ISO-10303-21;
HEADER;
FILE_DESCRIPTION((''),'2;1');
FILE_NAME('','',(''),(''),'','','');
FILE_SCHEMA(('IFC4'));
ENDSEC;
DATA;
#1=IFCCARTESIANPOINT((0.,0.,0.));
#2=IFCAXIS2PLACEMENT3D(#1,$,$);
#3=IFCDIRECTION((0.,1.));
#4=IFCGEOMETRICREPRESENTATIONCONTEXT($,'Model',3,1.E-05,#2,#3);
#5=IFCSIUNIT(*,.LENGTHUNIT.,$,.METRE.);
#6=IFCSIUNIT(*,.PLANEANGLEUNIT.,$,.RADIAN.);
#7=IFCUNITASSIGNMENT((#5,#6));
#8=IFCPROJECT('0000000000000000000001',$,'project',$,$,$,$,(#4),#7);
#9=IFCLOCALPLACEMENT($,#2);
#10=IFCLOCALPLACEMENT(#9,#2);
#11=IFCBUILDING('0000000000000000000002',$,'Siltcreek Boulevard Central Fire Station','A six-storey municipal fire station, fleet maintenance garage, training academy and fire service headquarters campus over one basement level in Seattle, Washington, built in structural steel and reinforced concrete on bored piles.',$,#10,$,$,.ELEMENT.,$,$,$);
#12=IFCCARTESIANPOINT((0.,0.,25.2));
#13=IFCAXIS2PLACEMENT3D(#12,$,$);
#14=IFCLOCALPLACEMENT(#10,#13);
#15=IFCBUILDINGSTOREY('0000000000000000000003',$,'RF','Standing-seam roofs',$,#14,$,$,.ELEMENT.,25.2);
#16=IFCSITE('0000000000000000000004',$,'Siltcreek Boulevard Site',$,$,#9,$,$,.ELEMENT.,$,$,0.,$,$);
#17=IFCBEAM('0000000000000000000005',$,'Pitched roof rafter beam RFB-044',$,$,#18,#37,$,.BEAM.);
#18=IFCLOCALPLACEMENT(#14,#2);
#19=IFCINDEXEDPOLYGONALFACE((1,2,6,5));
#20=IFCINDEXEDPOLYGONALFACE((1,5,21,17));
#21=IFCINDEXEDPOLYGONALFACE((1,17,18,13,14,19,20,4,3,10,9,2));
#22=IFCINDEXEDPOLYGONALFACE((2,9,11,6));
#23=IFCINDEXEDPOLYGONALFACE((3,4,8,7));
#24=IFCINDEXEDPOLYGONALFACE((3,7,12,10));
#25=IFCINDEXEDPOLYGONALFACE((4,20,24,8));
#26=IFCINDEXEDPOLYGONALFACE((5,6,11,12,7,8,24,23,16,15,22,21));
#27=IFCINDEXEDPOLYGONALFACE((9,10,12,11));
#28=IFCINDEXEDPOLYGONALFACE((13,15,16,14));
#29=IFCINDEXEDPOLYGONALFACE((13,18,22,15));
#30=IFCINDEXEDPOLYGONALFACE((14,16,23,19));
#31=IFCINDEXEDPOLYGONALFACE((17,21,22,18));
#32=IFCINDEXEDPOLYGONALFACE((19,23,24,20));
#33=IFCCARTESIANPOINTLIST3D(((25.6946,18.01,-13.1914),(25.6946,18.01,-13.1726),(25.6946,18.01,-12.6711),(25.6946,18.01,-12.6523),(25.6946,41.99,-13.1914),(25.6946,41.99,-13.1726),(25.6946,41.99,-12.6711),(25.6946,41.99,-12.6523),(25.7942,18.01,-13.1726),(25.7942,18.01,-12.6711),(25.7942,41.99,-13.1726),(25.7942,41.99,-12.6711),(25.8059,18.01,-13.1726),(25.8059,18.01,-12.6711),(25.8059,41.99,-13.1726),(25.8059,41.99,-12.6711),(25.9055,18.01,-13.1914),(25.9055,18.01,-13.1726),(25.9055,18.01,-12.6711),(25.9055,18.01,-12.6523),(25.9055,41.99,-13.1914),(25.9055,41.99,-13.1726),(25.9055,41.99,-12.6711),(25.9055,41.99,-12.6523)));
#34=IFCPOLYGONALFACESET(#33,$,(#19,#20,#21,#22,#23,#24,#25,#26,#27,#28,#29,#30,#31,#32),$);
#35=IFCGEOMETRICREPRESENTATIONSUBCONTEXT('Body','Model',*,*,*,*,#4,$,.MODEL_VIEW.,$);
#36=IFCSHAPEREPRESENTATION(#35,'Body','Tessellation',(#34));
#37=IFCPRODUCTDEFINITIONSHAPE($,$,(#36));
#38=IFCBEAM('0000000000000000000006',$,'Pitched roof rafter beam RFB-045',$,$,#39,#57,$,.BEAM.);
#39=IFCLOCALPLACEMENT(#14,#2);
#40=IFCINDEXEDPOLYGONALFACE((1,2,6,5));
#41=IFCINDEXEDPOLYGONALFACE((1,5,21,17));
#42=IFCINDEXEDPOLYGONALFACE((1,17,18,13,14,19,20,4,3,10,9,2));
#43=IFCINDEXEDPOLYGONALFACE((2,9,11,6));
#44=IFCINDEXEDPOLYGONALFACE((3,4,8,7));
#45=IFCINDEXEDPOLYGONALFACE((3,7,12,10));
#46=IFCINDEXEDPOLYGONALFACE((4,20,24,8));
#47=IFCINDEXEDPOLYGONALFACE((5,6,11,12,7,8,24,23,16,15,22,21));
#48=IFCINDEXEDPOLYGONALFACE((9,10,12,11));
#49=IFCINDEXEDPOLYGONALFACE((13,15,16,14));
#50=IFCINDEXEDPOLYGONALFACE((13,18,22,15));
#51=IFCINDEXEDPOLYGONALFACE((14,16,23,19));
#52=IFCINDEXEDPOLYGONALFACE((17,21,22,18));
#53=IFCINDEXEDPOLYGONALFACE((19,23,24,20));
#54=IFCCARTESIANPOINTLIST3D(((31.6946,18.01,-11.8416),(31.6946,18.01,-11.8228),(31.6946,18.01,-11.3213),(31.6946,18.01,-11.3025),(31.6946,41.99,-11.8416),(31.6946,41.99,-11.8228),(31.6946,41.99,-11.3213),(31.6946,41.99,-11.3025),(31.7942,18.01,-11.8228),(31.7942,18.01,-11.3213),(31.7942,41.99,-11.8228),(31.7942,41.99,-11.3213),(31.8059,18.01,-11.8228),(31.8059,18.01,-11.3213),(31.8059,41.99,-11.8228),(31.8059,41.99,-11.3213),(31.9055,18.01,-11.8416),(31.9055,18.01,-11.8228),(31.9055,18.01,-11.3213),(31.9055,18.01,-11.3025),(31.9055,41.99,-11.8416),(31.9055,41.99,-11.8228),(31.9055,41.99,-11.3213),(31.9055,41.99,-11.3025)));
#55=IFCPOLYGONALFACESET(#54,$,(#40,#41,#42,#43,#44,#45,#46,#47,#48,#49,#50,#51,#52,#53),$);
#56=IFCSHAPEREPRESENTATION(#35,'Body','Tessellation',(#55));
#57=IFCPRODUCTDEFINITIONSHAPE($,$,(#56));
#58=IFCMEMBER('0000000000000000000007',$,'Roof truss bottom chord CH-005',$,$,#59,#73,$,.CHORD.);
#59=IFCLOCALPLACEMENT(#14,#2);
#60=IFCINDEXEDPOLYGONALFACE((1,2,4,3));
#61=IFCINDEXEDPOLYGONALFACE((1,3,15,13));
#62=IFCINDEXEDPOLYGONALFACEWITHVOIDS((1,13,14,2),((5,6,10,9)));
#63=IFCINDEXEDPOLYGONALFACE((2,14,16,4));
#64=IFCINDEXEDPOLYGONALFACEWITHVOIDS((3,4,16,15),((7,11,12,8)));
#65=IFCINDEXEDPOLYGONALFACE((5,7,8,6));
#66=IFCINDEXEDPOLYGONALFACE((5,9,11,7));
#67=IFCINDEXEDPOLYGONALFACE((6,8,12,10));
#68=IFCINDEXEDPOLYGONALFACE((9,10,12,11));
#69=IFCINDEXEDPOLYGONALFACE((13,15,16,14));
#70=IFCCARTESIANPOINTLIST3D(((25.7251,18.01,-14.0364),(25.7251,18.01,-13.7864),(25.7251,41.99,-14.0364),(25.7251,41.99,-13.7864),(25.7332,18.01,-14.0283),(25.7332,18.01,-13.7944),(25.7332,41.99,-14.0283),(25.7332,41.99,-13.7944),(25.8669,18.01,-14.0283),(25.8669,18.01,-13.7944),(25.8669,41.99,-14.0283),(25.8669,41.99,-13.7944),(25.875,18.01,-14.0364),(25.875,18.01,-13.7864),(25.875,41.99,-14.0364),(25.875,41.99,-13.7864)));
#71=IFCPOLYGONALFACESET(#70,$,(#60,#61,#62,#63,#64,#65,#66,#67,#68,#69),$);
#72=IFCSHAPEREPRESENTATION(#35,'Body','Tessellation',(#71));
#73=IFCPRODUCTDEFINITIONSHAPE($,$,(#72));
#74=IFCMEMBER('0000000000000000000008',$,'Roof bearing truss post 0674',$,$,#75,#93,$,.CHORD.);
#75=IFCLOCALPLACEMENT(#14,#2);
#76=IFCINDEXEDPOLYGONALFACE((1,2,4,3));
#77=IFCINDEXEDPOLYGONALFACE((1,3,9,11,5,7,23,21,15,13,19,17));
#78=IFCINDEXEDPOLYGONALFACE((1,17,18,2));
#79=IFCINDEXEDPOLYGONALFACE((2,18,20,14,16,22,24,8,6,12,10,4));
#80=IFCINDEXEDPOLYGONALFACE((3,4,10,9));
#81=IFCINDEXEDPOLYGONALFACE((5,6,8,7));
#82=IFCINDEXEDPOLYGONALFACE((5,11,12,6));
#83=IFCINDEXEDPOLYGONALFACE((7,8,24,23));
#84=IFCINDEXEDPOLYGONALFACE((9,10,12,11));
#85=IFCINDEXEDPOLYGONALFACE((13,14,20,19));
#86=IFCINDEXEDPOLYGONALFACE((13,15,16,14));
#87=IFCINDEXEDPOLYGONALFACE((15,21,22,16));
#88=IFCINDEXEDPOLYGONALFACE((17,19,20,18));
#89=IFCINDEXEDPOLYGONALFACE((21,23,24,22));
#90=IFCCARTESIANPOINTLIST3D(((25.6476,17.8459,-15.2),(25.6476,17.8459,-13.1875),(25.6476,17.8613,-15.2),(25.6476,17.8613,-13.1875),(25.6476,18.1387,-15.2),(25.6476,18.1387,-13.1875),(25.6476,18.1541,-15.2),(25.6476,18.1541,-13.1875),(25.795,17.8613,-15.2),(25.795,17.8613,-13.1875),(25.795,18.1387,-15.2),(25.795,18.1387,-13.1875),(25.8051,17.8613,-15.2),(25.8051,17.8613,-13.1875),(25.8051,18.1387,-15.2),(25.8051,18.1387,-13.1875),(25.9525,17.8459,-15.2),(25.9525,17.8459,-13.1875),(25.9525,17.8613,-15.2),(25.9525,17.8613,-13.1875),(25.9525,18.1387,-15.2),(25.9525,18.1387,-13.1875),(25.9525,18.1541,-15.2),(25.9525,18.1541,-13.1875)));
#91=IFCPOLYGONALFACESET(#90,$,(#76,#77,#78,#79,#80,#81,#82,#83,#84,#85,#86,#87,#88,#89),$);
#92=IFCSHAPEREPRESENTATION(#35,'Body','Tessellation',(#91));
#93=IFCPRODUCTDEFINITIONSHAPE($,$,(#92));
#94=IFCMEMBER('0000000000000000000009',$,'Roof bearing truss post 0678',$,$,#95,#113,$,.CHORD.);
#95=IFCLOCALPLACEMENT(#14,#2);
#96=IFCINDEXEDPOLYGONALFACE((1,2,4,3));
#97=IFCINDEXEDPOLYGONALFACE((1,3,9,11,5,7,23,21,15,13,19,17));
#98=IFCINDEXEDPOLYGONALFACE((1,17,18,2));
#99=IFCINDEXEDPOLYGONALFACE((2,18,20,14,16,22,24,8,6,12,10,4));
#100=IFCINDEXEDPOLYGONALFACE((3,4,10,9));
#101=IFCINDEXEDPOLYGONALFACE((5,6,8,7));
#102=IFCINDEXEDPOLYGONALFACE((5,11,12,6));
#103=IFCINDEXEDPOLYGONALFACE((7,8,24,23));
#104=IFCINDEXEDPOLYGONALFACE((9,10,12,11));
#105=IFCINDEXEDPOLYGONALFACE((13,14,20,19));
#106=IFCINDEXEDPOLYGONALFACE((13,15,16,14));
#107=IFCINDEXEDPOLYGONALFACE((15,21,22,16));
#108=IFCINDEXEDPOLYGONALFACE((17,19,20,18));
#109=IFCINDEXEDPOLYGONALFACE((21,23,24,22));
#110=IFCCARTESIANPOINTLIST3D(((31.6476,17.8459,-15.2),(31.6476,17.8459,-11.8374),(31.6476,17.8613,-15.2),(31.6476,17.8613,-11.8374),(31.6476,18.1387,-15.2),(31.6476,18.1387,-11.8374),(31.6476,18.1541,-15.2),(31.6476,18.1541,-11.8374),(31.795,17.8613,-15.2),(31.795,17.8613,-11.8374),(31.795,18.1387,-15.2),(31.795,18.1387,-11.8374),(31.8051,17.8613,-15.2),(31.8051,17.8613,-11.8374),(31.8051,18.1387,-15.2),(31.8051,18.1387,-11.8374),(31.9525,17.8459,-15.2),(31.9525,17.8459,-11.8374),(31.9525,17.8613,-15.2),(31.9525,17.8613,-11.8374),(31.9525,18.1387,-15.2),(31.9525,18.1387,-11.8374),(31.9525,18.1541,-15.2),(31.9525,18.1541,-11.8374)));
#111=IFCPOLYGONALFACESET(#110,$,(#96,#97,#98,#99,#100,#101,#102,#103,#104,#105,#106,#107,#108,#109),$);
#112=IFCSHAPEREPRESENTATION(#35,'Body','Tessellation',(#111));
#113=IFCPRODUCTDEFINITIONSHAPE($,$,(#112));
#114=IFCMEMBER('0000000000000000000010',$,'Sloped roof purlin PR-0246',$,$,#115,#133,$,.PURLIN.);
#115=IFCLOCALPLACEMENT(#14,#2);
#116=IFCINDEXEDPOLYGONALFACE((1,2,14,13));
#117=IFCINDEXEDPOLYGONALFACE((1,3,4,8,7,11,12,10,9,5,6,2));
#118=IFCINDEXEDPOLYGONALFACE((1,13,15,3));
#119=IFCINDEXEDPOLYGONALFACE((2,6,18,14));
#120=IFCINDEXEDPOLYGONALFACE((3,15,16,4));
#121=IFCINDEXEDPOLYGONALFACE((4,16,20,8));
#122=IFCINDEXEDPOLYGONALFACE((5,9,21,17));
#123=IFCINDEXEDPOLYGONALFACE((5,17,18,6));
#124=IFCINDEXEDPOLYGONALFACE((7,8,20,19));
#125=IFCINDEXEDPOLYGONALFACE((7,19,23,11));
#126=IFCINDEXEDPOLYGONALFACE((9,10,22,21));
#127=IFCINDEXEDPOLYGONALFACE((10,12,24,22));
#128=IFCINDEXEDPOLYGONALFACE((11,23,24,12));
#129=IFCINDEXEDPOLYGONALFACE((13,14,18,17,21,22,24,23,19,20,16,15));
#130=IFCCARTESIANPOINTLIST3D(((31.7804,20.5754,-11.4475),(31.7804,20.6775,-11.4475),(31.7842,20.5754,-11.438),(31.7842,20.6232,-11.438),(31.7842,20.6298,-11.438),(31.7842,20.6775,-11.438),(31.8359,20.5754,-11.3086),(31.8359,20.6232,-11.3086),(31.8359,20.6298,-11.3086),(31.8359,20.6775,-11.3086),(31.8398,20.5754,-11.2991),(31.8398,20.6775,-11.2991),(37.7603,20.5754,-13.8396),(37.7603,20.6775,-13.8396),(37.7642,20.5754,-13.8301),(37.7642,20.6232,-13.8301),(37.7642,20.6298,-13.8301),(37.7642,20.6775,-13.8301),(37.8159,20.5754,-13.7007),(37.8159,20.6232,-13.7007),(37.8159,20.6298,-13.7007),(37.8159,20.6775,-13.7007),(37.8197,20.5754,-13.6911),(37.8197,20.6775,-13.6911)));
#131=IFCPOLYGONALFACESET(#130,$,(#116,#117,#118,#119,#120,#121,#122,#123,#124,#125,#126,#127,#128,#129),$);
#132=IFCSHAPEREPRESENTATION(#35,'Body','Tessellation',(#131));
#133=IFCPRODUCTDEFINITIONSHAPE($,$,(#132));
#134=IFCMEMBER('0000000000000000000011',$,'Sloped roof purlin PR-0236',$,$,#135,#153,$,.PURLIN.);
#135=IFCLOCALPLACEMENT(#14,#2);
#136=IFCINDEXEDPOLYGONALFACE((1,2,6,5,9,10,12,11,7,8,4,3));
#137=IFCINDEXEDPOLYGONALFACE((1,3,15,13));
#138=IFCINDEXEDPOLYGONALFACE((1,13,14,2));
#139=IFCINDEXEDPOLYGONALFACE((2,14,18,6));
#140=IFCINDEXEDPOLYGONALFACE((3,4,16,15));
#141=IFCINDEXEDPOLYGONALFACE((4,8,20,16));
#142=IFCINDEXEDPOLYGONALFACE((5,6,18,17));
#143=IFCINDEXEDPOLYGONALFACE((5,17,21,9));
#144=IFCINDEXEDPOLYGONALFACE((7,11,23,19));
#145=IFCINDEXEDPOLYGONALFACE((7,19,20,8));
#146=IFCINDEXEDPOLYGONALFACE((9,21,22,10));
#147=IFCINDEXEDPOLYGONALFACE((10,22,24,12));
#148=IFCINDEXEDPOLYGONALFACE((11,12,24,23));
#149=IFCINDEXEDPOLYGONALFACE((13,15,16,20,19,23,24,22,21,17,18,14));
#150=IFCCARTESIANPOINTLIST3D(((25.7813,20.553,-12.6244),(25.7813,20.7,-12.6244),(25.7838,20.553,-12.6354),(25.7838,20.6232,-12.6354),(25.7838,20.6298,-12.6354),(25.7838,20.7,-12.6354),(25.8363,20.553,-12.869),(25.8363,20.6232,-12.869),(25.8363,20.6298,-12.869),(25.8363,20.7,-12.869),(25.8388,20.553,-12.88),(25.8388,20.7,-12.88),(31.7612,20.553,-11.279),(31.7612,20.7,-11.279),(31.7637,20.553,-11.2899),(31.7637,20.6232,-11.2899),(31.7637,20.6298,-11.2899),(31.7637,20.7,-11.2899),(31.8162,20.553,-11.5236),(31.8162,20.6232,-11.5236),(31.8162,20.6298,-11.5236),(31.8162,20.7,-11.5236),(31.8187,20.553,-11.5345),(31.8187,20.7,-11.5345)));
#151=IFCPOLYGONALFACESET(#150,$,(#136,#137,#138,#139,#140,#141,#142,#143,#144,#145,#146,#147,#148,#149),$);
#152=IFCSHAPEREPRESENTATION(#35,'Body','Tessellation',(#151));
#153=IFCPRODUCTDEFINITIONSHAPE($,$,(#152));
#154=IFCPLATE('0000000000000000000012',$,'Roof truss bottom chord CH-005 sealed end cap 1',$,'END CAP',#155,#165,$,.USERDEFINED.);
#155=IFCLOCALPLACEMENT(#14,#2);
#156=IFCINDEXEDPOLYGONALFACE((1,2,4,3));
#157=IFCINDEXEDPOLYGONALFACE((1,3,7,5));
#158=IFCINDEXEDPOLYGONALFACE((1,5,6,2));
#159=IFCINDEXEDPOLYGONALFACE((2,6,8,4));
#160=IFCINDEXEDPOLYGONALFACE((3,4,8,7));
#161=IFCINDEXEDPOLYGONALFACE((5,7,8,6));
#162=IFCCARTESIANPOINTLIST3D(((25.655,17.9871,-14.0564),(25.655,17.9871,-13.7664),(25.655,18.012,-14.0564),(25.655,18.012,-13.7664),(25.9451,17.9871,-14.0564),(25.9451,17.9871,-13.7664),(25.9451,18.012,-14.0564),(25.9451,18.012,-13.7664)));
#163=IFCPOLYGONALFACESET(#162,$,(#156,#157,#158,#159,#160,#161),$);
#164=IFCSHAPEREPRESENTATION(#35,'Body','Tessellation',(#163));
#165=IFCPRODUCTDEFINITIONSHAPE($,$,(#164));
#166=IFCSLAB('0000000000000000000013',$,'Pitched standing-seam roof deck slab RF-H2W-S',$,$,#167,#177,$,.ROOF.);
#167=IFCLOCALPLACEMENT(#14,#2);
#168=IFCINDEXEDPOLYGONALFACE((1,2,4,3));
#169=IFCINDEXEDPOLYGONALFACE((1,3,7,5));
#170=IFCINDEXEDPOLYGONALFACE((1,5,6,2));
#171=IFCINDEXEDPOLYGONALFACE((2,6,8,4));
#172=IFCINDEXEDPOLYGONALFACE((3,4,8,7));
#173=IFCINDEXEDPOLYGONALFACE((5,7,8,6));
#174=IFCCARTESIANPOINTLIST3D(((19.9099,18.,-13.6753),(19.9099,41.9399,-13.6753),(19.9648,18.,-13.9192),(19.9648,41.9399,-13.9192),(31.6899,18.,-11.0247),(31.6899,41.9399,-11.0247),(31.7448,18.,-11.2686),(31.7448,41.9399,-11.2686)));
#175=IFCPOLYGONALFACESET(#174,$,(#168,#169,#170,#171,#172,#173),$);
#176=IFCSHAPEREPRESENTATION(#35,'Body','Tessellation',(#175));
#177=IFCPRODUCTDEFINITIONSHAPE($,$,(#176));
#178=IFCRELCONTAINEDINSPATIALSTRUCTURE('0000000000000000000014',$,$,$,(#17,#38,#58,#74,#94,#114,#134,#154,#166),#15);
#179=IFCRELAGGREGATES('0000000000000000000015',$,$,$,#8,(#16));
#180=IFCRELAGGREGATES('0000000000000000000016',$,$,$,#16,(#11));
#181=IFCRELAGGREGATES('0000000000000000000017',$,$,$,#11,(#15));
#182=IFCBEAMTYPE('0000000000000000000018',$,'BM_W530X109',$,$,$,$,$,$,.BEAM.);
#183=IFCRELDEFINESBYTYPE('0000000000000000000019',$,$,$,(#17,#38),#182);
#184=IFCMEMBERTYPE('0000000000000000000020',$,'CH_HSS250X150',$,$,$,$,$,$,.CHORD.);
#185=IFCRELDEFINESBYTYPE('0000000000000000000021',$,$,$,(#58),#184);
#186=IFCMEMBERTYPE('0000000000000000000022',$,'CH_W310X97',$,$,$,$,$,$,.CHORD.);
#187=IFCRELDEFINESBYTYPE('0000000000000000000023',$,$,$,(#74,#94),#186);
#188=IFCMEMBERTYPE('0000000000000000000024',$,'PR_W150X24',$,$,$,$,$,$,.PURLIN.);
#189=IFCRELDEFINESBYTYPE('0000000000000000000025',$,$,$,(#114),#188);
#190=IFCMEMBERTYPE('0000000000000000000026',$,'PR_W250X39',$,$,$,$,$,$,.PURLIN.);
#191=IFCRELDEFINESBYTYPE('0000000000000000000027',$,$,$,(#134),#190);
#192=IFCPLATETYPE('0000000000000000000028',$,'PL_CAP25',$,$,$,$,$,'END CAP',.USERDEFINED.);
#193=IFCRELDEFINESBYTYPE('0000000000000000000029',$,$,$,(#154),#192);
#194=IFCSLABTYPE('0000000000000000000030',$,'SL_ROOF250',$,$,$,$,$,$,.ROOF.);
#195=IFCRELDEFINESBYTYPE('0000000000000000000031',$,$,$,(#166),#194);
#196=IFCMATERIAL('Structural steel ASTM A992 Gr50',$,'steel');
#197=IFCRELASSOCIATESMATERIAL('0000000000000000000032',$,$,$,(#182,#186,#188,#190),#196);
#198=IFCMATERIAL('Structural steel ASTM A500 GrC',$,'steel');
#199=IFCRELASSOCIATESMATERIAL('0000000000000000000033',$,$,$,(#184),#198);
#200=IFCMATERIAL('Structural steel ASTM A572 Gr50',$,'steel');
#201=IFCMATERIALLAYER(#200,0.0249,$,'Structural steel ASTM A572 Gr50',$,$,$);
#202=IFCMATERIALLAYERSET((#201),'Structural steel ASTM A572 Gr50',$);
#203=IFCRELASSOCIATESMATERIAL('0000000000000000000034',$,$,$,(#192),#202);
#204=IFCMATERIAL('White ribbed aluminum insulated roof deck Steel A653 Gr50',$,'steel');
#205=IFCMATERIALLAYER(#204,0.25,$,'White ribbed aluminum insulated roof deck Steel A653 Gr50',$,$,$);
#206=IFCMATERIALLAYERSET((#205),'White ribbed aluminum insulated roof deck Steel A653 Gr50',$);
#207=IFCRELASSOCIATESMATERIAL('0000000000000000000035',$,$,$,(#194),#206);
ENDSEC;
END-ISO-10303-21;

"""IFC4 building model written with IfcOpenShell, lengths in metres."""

from ifc_helpers import new_model, si_unit, direction, frame, origin, origin_2d, place, context, subcontext, project, spatial, polyline, rectangle, hollow_rectangle, i_section, outline, extrude, material, layer, layer_set, material_profile, profile_set, type_object, element, save


model = new_model("IFC4")

# Units and contexts
model_context = context("Model", 3, precision=1e-05, world=origin(), true_north=direction((0.0, 1.0)))
body_context = subcontext(model_context, "Body", "Model", "MODEL_VIEW")
ifc_project = project(units=[si_unit("LENGTHUNIT", "METRE"), si_unit("PLANEANGLEUNIT", "RADIAN")], contexts=[model_context])

# Site, building, storey
site_placement = place(None, origin())
site = spatial("IfcSite", under=ifc_project, at=site_placement, Name="Siltcreek Boulevard Site", CompositionType="ELEMENT", RefElevation=0.0)
building_placement = place(site_placement, origin())
building = spatial("IfcBuilding", under=site, at=building_placement, Name="Siltcreek Boulevard Central Fire Station", Description="A six-storey municipal fire station, fleet maintenance garage, training academy and fire service headquarters campus over one basement level in Seattle, Washington, built in structural steel and reinforced concrete on bored piles.", CompositionType="ELEMENT")
storey_placement = place(building_placement, frame((0.0, 0.0, 25.2)))
storey = spatial("IfcBuildingStorey", under=building, at=storey_placement, Name="RF", Description="Standing-seam roofs", CompositionType="ELEMENT", Elevation=25.2)

# Beams
ifc_material_1 = material(Name="Structural steel ASTM A992 Gr50", Category="steel")
ifc_material_profile_1 = material_profile(ifc_material_1, i_section(OverallWidth=0.2109, OverallDepth=0.5391, WebThickness=0.0117, FlangeThickness=0.0188, at=origin_2d()), Name="W530X109")
ifc_profile_set_1 = profile_set([ifc_material_profile_1], Name="Structural steel ASTM A992 Gr50")
beam_type = type_object("IfcBeamType", Name="BM_W530X109", PredefinedType="BEAM", material=ifc_profile_set_1)
for number, where, z_axis, x_axis, name in (
    (1, (25.8, 18.01, -12.9219), (0.0, 1.0, 0.0), (-1.0, 0.0, 0.0), "Pitched roof rafter beam RFB-044"),
    (2, (31.8, 18.01, -11.572), (0.0, 1.0, 0.0), (-1.0, 0.0, 0.0), "Pitched roof rafter beam RFB-045"),
):
    element("IfcBeam", number, at=place(storey_placement, frame(where, z_axis=z_axis, x_axis=x_axis)), inside=storey, type_object=beam_type, Name=name, PredefinedType="BEAM", context=body_context, shape_type="SweptSolid", body=[
        extrude(i_section(OverallWidth=0.2109, OverallDepth=0.5391, WebThickness=0.0117, FlangeThickness=0.0188, at=origin_2d()), origin(), (0.0, 0.0, 1.0), 23.98),
    ])

# Members
ifc_material_2 = material(Name="Structural steel ASTM A500 GrC", Category="steel")
ifc_material_profile_2 = material_profile(ifc_material_2, hollow_rectangle(XDim=0.1499, YDim=0.25, WallThickness=0.0081, at=origin_2d()), Name="HSS250X150X8.0")
ifc_profile_set_2 = profile_set([ifc_material_profile_2], Name="Structural steel ASTM A500 GrC")
member_type_1 = type_object("IfcMemberType", Name="CH_HSS250X150", PredefinedType="CHORD", material=ifc_profile_set_2)
member_1_placement = place(storey_placement, frame((25.8, 18.01, -13.9114), z_axis=(0.0, 1.0, 0.0), x_axis=(-1.0, 0.0, 0.0)))
element("IfcMember", 3, at=member_1_placement, inside=storey, type_object=member_type_1, Name="Roof truss bottom chord CH-005", PredefinedType="CHORD", context=body_context, shape_type="SweptSolid", body=[
    extrude(hollow_rectangle(XDim=0.1499, YDim=0.25, WallThickness=0.0081, at=origin_2d()), origin(), (0.0, 0.0, 1.0), 23.98),
])
ifc_material_profile_3 = material_profile(ifc_material_1, i_section(OverallWidth=0.3049, OverallDepth=0.3081, WebThickness=0.01, FlangeThickness=0.0154, at=origin_2d()), Name="W310X97")
ifc_profile_set_3 = profile_set([ifc_material_profile_3], Name="Structural steel ASTM A992 Gr50")
member_type_2 = type_object("IfcMemberType", Name="CH_W310X97", PredefinedType="CHORD", material=ifc_profile_set_3)
member_2_placement = place(storey_placement, frame((25.8, 18.0, -15.2), z_axis=(0.0, 0.0, 1.0), x_axis=(1.0, 0.0, 0.0)))
element("IfcMember", 4, at=member_2_placement, inside=storey, type_object=member_type_2, Name="Roof bearing truss post 0674", PredefinedType="CHORD", context=body_context, shape_type="SweptSolid", body=[
    extrude(i_section(OverallWidth=0.3049, OverallDepth=0.3081, WebThickness=0.01, FlangeThickness=0.0154, at=origin_2d()), origin(), (0.0, 0.0, 1.0), 2.0125),
])
member_3_placement = place(storey_placement, frame((31.8, 18.0, -15.2), z_axis=(0.0, 0.0, 1.0), x_axis=(1.0, 0.0, 0.0)))
element("IfcMember", 5, at=member_3_placement, inside=storey, type_object=member_type_2, Name="Roof bearing truss post 0678", PredefinedType="CHORD", context=body_context, shape_type="SweptSolid", body=[
    extrude(i_section(OverallWidth=0.3049, OverallDepth=0.3081, WebThickness=0.01, FlangeThickness=0.0154, at=origin_2d()), origin(), (0.0, 0.0, 1.0), 3.3625),
])
ifc_material_profile_4 = material_profile(ifc_material_1, i_section(OverallWidth=0.1021, OverallDepth=0.1599, WebThickness=0.0066, FlangeThickness=0.0103, at=origin_2d()), Name="W150X24")
ifc_profile_set_4 = profile_set([ifc_material_profile_4], Name="Structural steel ASTM A992 Gr50")
member_type_3 = type_object("IfcMemberType", Name="PR_W150X24", PredefinedType="PURLIN", material=ifc_profile_set_4)
member_4_placement = place(storey_placement, frame((31.8101, 20.6265, -11.3733), z_axis=(0.928471, 0.0, -0.371404), x_axis=(0.0, 1.0, 0.0)))
element("IfcMember", 6, at=member_4_placement, inside=storey, type_object=member_type_3, Name="Sloped roof purlin PR-0246", PredefinedType="PURLIN", context=body_context, shape_type="SweptSolid", body=[
    extrude(i_section(OverallWidth=0.1021, OverallDepth=0.1599, WebThickness=0.0066, FlangeThickness=0.0103, at=origin_2d()), origin(), (0.0, 0.0, 1.0), 6.4407),
])
ifc_material_profile_5 = material_profile(ifc_material_1, i_section(OverallWidth=0.147, OverallDepth=0.262, WebThickness=0.0066, FlangeThickness=0.0112, at=origin_2d()), Name="W250X39")
ifc_profile_set_5 = profile_set([ifc_material_profile_5], Name="Structural steel ASTM A992 Gr50")
member_type_4 = type_object("IfcMemberType", Name="PR_W250X39", PredefinedType="PURLIN", material=ifc_profile_set_5)
member_5_placement = place(storey_placement, frame((25.8101, 20.6265, -12.7522), z_axis=(0.975611, 0.0, 0.219507), x_axis=(0.0, 1.0, 0.0)))
element("IfcMember", 7, at=member_5_placement, inside=storey, type_object=member_type_4, Name="Sloped roof purlin PR-0236", PredefinedType="PURLIN", context=body_context, shape_type="SweptSolid", body=[
    extrude(i_section(OverallWidth=0.147, OverallDepth=0.262, WebThickness=0.0066, FlangeThickness=0.0112, at=origin_2d()), origin(), (0.0, 0.0, 1.0), 6.1294),
])

# Plate
ifc_material_3 = material(Name="Structural steel ASTM A572 Gr50", Category="steel")
ifc_layer_1 = layer(ifc_material_3, 0.0249, Name="Structural steel ASTM A572 Gr50")
ifc_layer_set_1 = layer_set([ifc_layer_1], Name="Structural steel ASTM A572 Gr50")
plate_type = type_object("IfcPlateType", Name="PL_CAP25", ElementType="END CAP", PredefinedType="USERDEFINED", material=ifc_layer_set_1)
plate_placement = place(storey_placement, frame((25.8, 17.9995, -14.0564), z_axis=(0.0, 0.0, 1.0), x_axis=(0.0, 1.0, 0.0)))
element("IfcPlate", 8, at=plate_placement, inside=storey, type_object=plate_type, Name="Roof truss bottom chord CH-005 sealed end cap 1", ObjectType="END CAP", PredefinedType="USERDEFINED", context=body_context, shape_type="SweptSolid", body=[
    extrude(rectangle(XDim=0.0249, YDim=0.29, at=origin_2d()), origin(), (0.0, 0.0, 1.0), 0.29),
])

# Slab
ifc_material_4 = material(Name="White ribbed aluminum insulated roof deck Steel A653 Gr50", Category="steel")
ifc_layer_2 = layer(ifc_material_4, 0.25, Name="White ribbed aluminum insulated roof deck Steel A653 Gr50")
ifc_layer_set_2 = layer_set([ifc_layer_2], Name="White ribbed aluminum insulated roof deck Steel A653 Gr50")
slab_type = type_object("IfcSlabType", Name="SL_ROOF250", PredefinedType="ROOF", material=ifc_layer_set_2)
slab_placement = place(storey_placement, frame((19.9099, 18.0, -13.6753), z_axis=(-0.219522, 0.0, 0.975607), x_axis=(0.975607, 0.0, 0.219522)))
element("IfcSlab", 9, at=slab_placement, inside=storey, type_object=slab_type, Name="Pitched standing-seam roof deck slab RF-H2W-S", PredefinedType="ROOF", context=body_context, shape_type="SweptSolid", body=[
    extrude(outline(polyline([(0.0, 0.0), (12.0746, 0.0), (12.0746, 23.9399), (0.0, 23.9399), (0.0, 0.0)])), origin(), (0.0, 0.0, -1.0), 0.25),
])

save(model, "model.ifc")
